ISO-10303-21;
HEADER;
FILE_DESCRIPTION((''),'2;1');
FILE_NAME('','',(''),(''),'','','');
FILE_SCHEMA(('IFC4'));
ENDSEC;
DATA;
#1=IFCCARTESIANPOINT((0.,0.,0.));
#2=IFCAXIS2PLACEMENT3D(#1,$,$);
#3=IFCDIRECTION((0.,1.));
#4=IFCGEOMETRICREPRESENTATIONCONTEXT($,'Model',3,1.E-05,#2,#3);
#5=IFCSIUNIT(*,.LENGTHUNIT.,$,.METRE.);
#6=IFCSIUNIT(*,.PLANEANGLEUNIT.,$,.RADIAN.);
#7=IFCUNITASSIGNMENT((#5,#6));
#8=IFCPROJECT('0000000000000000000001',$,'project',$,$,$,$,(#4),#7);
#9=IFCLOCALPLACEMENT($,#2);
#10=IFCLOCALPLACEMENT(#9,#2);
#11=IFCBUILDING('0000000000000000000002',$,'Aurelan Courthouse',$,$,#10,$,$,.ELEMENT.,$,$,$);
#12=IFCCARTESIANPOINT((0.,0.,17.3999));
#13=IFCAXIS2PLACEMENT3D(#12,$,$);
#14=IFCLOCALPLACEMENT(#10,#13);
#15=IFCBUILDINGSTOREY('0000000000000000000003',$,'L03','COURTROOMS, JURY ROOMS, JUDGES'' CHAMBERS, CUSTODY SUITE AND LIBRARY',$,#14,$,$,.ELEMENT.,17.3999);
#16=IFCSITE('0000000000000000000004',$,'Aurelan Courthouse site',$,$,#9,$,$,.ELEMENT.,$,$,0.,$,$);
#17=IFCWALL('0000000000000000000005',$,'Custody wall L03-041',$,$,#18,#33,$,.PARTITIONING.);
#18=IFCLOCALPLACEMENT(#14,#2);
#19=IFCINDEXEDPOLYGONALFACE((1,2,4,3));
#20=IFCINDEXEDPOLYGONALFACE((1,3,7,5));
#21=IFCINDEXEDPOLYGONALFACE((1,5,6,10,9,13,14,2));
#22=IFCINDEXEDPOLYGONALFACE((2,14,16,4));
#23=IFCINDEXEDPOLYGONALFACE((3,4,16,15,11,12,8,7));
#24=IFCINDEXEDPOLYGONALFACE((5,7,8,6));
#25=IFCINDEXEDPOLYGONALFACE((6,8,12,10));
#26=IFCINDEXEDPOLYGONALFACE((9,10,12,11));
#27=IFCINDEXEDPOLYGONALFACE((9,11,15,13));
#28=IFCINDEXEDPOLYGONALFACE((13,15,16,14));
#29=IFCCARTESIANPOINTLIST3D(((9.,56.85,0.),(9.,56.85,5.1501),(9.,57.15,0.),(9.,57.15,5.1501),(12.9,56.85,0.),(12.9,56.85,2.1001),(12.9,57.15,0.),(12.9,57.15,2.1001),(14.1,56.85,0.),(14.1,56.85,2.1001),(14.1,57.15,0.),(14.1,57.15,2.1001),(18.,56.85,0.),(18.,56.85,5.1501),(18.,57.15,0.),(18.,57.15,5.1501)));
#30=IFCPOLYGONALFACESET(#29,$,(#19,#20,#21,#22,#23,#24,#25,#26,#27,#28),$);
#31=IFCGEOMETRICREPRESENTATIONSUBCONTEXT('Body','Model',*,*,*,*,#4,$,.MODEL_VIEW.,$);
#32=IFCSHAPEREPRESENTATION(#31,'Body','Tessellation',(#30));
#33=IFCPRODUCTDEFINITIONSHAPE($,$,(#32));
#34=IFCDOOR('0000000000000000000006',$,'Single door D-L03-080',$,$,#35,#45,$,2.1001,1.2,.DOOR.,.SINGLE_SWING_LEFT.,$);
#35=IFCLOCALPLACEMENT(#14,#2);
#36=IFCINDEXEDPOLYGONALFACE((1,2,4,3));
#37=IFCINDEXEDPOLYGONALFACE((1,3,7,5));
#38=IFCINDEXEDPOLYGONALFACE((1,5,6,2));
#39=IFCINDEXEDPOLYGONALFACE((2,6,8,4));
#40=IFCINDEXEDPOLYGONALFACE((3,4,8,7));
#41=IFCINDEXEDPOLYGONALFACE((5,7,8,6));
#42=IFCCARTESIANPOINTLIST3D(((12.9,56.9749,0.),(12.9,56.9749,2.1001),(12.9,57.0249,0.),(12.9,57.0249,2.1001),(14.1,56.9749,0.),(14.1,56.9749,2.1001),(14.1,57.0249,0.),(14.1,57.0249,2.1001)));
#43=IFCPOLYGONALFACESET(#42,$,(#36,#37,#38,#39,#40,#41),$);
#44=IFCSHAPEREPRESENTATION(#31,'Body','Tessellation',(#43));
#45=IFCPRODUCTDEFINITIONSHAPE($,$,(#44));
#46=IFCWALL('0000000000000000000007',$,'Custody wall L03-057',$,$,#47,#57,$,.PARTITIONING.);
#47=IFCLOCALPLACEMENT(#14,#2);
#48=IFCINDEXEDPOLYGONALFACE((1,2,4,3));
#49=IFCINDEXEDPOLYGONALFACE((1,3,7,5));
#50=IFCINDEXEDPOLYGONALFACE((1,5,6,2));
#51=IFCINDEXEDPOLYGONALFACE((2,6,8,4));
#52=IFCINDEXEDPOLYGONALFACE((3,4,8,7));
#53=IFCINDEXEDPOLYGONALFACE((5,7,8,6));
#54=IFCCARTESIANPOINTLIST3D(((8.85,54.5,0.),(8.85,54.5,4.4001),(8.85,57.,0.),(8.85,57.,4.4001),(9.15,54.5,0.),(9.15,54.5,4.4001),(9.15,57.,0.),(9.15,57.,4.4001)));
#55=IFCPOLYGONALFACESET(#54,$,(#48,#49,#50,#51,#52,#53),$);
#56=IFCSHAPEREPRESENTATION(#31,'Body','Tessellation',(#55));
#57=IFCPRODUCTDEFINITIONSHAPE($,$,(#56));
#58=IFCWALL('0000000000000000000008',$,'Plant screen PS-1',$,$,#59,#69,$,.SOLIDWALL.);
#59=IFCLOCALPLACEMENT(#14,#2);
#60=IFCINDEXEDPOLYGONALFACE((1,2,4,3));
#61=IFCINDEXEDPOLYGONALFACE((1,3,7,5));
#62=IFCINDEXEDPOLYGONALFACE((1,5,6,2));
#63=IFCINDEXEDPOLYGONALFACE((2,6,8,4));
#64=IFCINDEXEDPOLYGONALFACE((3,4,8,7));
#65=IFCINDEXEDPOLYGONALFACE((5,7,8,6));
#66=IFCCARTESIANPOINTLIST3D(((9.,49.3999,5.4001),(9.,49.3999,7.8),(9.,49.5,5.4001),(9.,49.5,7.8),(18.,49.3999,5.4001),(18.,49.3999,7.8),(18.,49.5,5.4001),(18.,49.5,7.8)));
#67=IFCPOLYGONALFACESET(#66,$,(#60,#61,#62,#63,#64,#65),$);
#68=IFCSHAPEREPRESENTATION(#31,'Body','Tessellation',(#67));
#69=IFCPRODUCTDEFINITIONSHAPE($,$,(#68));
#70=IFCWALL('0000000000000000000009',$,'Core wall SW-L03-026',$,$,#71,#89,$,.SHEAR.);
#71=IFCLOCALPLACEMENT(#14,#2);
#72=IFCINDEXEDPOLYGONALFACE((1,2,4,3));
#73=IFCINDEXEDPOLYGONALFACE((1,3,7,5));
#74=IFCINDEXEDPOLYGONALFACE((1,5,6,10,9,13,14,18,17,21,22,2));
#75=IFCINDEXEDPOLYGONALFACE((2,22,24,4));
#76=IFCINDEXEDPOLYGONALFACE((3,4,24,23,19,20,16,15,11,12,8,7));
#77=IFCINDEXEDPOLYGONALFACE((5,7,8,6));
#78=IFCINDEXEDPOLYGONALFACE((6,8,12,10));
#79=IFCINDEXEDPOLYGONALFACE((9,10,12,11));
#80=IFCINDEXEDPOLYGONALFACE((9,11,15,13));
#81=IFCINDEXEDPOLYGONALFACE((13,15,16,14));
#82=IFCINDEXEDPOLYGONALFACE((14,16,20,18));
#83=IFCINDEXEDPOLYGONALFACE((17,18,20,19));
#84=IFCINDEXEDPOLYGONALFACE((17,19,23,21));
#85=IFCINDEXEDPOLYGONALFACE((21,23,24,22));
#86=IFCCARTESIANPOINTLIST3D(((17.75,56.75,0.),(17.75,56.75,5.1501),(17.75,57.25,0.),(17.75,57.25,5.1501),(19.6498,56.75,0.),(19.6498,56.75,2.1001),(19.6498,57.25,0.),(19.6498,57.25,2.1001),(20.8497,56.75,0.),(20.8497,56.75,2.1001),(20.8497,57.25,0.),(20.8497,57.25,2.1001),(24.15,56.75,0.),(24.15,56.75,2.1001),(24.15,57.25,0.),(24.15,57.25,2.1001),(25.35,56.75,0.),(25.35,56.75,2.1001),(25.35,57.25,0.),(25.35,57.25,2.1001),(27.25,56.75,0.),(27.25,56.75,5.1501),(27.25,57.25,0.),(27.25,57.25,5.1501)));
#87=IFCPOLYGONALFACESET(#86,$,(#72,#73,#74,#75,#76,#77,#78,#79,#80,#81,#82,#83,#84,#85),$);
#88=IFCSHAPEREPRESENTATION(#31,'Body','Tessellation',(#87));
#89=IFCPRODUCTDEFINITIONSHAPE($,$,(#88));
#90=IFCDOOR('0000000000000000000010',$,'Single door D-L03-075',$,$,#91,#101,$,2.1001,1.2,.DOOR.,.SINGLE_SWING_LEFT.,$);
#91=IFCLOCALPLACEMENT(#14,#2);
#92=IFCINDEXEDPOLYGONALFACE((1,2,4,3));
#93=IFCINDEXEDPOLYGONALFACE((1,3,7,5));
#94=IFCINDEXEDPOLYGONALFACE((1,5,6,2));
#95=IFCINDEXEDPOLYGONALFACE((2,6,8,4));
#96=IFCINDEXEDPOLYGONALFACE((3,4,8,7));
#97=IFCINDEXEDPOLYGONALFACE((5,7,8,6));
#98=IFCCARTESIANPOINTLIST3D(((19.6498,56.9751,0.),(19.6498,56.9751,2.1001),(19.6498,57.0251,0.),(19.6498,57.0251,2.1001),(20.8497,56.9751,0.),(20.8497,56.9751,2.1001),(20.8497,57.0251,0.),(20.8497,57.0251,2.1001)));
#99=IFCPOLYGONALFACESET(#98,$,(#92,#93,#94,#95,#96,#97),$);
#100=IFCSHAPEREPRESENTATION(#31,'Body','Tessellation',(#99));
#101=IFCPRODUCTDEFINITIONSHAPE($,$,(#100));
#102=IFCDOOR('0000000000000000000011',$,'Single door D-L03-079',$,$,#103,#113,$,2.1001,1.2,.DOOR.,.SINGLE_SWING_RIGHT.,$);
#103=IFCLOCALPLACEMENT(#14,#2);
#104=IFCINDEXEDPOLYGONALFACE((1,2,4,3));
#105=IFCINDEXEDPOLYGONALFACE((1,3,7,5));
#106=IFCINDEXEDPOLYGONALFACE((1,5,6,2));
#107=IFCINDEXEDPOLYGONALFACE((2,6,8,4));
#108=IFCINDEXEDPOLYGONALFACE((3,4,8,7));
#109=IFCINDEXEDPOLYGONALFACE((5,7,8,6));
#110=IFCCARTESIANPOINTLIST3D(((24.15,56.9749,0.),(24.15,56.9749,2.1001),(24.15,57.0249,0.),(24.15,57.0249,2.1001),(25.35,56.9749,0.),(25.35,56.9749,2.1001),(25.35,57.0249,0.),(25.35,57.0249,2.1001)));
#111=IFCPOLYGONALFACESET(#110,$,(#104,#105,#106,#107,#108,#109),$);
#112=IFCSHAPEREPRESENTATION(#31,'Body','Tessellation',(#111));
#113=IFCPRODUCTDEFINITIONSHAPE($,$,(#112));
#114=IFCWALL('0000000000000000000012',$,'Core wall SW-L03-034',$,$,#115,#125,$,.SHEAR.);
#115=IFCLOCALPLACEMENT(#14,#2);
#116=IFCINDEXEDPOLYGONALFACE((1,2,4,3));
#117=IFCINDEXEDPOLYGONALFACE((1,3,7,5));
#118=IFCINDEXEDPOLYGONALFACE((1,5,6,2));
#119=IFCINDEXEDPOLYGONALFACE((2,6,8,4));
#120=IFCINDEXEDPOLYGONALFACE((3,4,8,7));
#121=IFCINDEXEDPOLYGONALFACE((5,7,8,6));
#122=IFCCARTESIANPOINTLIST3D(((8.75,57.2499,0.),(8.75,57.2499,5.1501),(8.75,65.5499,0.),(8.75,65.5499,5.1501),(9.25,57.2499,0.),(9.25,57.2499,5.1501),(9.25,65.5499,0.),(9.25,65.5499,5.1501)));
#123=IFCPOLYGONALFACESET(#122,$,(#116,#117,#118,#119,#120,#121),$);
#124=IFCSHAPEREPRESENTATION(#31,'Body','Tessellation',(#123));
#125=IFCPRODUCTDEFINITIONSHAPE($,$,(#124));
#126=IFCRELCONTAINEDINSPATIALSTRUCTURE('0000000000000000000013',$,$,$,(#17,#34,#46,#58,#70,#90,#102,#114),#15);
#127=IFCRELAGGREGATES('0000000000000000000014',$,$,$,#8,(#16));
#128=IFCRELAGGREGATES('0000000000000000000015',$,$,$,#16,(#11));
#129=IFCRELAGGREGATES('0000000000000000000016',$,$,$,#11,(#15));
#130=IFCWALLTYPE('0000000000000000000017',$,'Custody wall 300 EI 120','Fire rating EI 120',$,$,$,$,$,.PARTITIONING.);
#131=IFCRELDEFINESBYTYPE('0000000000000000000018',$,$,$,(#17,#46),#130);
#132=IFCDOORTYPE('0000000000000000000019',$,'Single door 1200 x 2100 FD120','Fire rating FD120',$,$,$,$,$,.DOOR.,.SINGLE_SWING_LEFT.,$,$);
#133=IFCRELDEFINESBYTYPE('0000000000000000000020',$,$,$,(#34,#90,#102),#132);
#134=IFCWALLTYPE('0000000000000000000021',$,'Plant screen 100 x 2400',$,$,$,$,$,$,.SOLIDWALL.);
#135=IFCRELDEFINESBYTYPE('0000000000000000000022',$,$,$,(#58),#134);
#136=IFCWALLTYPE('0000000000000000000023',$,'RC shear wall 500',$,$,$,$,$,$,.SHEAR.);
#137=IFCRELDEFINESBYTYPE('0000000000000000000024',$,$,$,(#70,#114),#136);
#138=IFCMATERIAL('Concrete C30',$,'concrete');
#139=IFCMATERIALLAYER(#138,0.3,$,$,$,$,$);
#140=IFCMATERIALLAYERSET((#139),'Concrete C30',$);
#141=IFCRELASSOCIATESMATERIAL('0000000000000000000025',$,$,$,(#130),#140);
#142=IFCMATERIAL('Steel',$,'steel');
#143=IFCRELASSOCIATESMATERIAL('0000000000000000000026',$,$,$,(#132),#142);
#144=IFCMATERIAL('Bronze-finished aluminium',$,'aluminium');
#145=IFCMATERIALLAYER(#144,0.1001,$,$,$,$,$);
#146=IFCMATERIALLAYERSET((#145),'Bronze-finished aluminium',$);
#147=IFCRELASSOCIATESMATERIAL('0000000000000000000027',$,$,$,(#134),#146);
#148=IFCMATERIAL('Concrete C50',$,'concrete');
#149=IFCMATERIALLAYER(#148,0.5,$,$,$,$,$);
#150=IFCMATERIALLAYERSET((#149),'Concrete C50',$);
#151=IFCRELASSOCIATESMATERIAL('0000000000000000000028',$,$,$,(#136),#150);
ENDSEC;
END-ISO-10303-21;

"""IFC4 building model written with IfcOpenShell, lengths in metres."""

from ifc_helpers import new_model, si_unit, direction, frame, frame_2d, origin, place, context, subcontext, project, spatial, rectangle, extrude, material, layer, layer_set, type_object, element, fill, save


model = new_model("IFC4")

# Units and contexts
model_context = context("Model", 3, precision=1e-05, world=origin(), true_north=direction((0.0, 1.0)))
body_context = subcontext(model_context, "Body", "Model", "MODEL_VIEW")
ifc_project = project(units=[si_unit("LENGTHUNIT", "METRE"), si_unit("PLANEANGLEUNIT", "RADIAN")], contexts=[model_context])

# Site, building, storey
site_placement = place(None, origin())
site = spatial("IfcSite", under=ifc_project, at=site_placement, Name="Aurelan Courthouse site", CompositionType="ELEMENT", RefElevation=0.0)
building_placement = place(site_placement, origin())
building = spatial("IfcBuilding", under=site, at=building_placement, Name="Aurelan Courthouse", CompositionType="ELEMENT")
storey_placement = place(building_placement, frame((0.0, 0.0, 17.3999)))
storey = spatial("IfcBuildingStorey", under=building, at=storey_placement, Name="L03", Description="COURTROOMS, JURY ROOMS, JUDGES' CHAMBERS, CUSTODY SUITE AND LIBRARY", CompositionType="ELEMENT", Elevation=17.3999)

# Shared definitions
ifc_material_1 = material(Name="Concrete C50", Category="concrete")

# Wall, opening, door
ifc_material_2 = material(Name="Concrete C30", Category="concrete")
ifc_layer_1 = layer(ifc_material_2, 0.3)
ifc_layer_set_1 = layer_set([ifc_layer_1], Name="Concrete C30")
wall_type_1 = type_object("IfcWallType", Name="Custody wall 300 EI 120", Description="Fire rating EI 120", PredefinedType="PARTITIONING", material=ifc_layer_set_1)
ifc_material_3 = material(Name="Steel", Category="steel")
wall_1_placement = place(storey_placement, frame((9.0, 57.0, 0.0), z_axis=(0.0, 0.0, 1.0), x_axis=(1.0, 0.0, 0.0)))
wall_1 = element("IfcWall", 1, at=wall_1_placement, inside=storey, type_object=wall_type_1, Name="Custody wall L03-041", PredefinedType="PARTITIONING", context=body_context, shape_type="SweptSolid", body=[
    extrude(rectangle(XDim=9.0, YDim=0.3, at=frame_2d((4.5, 0.0))), origin(), (0.0, 0.0, 1.0), 5.1501),
])
opening_1_placement = place(wall_1_placement, frame((3.8999, 0.0, 0.0)))
opening_1 = element("IfcOpeningElement", 2, at=opening_1_placement, cuts=wall_1, PredefinedType="OPENING", context=body_context, shape_type="SweptSolid", body=[
    extrude(rectangle(XDim=1.2, YDim=2.1001, at=frame_2d((0.6001, 1.05))), frame((0.0, 0.1599, 0.0), z_axis=(0.0, -1.0, 0.0), x_axis=(1.0, 0.0, 0.0)), (0.0, 0.0, 1.0), 0.3201),
])
door_type_1 = type_object("IfcDoorType", Name="Single door 1200 x 2100 FD120", Description="Fire rating FD120", OperationType="SINGLE_SWING_LEFT", PredefinedType="DOOR", material=ifc_material_3)
door_1_placement = place(opening_1_placement, origin())
door_1 = element("IfcDoor", 3, at=door_1_placement, inside=storey, type_object=door_type_1, Name="Single door D-L03-080", OperationType="SINGLE_SWING_LEFT", OverallHeight=2.1001, OverallWidth=1.2, PredefinedType="DOOR", context=body_context, shape_type="SweptSolid", body=[
    extrude(rectangle(XDim=1.2, YDim=2.1001, at=frame_2d((0.6001, 1.05))), frame((0.0, 0.0249, 0.0), z_axis=(0.0, -1.0, 0.0), x_axis=(1.0, 0.0, 0.0)), (0.0, 0.0, 1.0), 0.05),
])
fill(opening_1, door_1)

# Walls
wall_2_placement = place(storey_placement, frame((9.0, 54.5, 0.0), z_axis=(0.0, 0.0, 1.0), x_axis=(0.0, 1.0, 0.0)))
element("IfcWall", 4, at=wall_2_placement, inside=storey, type_object=wall_type_1, Name="Custody wall L03-057", PredefinedType="PARTITIONING", context=body_context, shape_type="SweptSolid", body=[
    extrude(rectangle(XDim=2.5, YDim=0.3, at=frame_2d((1.25, 0.0))), origin(), (0.0, 0.0, 1.0), 4.4001),
])
ifc_material_4 = material(Name="Bronze-finished aluminium", Category="aluminium")
ifc_layer_2 = layer(ifc_material_4, 0.1001)
ifc_layer_set_2 = layer_set([ifc_layer_2], Name="Bronze-finished aluminium")
wall_type_2 = type_object("IfcWallType", Name="Plant screen 100 x 2400", PredefinedType="SOLIDWALL", material=ifc_layer_set_2)
wall_3_placement = place(storey_placement, frame((9.0, 49.45, 5.4001), z_axis=(0.0, 0.0, 1.0), x_axis=(1.0, 0.0, 0.0)))
element("IfcWall", 5, at=wall_3_placement, inside=storey, type_object=wall_type_2, Name="Plant screen PS-1", PredefinedType="SOLIDWALL", context=body_context, shape_type="SweptSolid", body=[
    extrude(rectangle(XDim=9.0, YDim=0.1001, at=frame_2d((4.5, 0.0))), origin(), (0.0, 0.0, 1.0), 2.3999),
])

# Wall, openings, doors
ifc_layer_3 = layer(ifc_material_1, 0.5)
ifc_layer_set_3 = layer_set([ifc_layer_3], Name="Concrete C50")
wall_type_3 = type_object("IfcWallType", Name="RC shear wall 500", PredefinedType="SHEAR", material=ifc_layer_set_3)
wall_4_placement = place(storey_placement, frame((17.75, 57.0, 0.0), z_axis=(0.0, 0.0, 1.0), x_axis=(1.0, 0.0, 0.0)))
wall_4 = element("IfcWall", 6, at=wall_4_placement, inside=storey, type_object=wall_type_3, Name="Core wall SW-L03-026", PredefinedType="SHEAR", context=body_context, shape_type="SweptSolid", body=[
    extrude(rectangle(XDim=9.5, YDim=0.5, at=frame_2d((4.75, 0.0))), origin(), (0.0, 0.0, 1.0), 5.1501),
])
opening_2_placement = place(wall_4_placement, frame((3.0999, 0.0, 0.0), z_axis=(0.0, 0.0, 1.0), x_axis=(-1.0, 0.0, 0.0)))
opening_2 = element("IfcOpeningElement", 7, at=opening_2_placement, cuts=wall_4, PredefinedType="OPENING", context=body_context, shape_type="SweptSolid", body=[
    extrude(rectangle(XDim=1.2, YDim=2.1001, at=frame_2d((0.6001, 1.05))), frame((0.0, 0.26, 0.0), z_axis=(0.0, -1.0, 0.0), x_axis=(1.0, 0.0, 0.0)), (0.0, 0.0, 1.0), 0.52),
])
opening_3_placement = place(wall_4_placement, frame((6.3999, 0.0, 0.0)))
opening_3 = element("IfcOpeningElement", 8, at=opening_3_placement, cuts=wall_4, PredefinedType="OPENING", context=body_context, shape_type="SweptSolid", body=[
    extrude(rectangle(XDim=1.2, YDim=2.1001, at=frame_2d((0.6001, 1.05))), frame((0.0, 0.26, 0.0), z_axis=(0.0, -1.0, 0.0), x_axis=(1.0, 0.0, 0.0)), (0.0, 0.0, 1.0), 0.52),
])
door_2_placement = place(opening_2_placement, origin())
door_2 = element("IfcDoor", 9, at=door_2_placement, inside=storey, type_object=door_type_1, Name="Single door D-L03-075", OperationType="SINGLE_SWING_LEFT", OverallHeight=2.1001, OverallWidth=1.2, PredefinedType="DOOR", context=body_context, shape_type="SweptSolid", body=[
    extrude(rectangle(XDim=1.2, YDim=2.1001, at=frame_2d((0.6001, 1.05))), frame((0.0, 0.0249, 0.0), z_axis=(0.0, -1.0, 0.0), x_axis=(1.0, 0.0, 0.0)), (0.0, 0.0, 1.0), 0.05),
])
fill(opening_2, door_2)
door_3_placement = place(opening_3_placement, origin())
door_3 = element("IfcDoor", 10, at=door_3_placement, inside=storey, type_object=door_type_1, Name="Single door D-L03-079", OperationType="SINGLE_SWING_RIGHT", OverallHeight=2.1001, OverallWidth=1.2, PredefinedType="DOOR", context=body_context, shape_type="SweptSolid", body=[
    extrude(rectangle(XDim=1.2, YDim=2.1001, at=frame_2d((0.6001, 1.05))), frame((0.0, 0.0249, 0.0), z_axis=(0.0, -1.0, 0.0), x_axis=(1.0, 0.0, 0.0)), (0.0, 0.0, 1.0), 0.05),
])
fill(opening_3, door_3)

# Wall
wall_5_placement = place(storey_placement, frame((9.0, 57.25, 0.0), z_axis=(0.0, 0.0, 1.0), x_axis=(0.0, 1.0, 0.0)))
element("IfcWall", 11, at=wall_5_placement, inside=storey, type_object=wall_type_3, Name="Core wall SW-L03-034", PredefinedType="SHEAR", context=body_context, shape_type="SweptSolid", body=[
    extrude(rectangle(XDim=8.3, YDim=0.5, at=frame_2d((4.1499, 0.0))), origin(), (0.0, 0.0, 1.0), 5.1501),
])

save(model, "model.ifc")
